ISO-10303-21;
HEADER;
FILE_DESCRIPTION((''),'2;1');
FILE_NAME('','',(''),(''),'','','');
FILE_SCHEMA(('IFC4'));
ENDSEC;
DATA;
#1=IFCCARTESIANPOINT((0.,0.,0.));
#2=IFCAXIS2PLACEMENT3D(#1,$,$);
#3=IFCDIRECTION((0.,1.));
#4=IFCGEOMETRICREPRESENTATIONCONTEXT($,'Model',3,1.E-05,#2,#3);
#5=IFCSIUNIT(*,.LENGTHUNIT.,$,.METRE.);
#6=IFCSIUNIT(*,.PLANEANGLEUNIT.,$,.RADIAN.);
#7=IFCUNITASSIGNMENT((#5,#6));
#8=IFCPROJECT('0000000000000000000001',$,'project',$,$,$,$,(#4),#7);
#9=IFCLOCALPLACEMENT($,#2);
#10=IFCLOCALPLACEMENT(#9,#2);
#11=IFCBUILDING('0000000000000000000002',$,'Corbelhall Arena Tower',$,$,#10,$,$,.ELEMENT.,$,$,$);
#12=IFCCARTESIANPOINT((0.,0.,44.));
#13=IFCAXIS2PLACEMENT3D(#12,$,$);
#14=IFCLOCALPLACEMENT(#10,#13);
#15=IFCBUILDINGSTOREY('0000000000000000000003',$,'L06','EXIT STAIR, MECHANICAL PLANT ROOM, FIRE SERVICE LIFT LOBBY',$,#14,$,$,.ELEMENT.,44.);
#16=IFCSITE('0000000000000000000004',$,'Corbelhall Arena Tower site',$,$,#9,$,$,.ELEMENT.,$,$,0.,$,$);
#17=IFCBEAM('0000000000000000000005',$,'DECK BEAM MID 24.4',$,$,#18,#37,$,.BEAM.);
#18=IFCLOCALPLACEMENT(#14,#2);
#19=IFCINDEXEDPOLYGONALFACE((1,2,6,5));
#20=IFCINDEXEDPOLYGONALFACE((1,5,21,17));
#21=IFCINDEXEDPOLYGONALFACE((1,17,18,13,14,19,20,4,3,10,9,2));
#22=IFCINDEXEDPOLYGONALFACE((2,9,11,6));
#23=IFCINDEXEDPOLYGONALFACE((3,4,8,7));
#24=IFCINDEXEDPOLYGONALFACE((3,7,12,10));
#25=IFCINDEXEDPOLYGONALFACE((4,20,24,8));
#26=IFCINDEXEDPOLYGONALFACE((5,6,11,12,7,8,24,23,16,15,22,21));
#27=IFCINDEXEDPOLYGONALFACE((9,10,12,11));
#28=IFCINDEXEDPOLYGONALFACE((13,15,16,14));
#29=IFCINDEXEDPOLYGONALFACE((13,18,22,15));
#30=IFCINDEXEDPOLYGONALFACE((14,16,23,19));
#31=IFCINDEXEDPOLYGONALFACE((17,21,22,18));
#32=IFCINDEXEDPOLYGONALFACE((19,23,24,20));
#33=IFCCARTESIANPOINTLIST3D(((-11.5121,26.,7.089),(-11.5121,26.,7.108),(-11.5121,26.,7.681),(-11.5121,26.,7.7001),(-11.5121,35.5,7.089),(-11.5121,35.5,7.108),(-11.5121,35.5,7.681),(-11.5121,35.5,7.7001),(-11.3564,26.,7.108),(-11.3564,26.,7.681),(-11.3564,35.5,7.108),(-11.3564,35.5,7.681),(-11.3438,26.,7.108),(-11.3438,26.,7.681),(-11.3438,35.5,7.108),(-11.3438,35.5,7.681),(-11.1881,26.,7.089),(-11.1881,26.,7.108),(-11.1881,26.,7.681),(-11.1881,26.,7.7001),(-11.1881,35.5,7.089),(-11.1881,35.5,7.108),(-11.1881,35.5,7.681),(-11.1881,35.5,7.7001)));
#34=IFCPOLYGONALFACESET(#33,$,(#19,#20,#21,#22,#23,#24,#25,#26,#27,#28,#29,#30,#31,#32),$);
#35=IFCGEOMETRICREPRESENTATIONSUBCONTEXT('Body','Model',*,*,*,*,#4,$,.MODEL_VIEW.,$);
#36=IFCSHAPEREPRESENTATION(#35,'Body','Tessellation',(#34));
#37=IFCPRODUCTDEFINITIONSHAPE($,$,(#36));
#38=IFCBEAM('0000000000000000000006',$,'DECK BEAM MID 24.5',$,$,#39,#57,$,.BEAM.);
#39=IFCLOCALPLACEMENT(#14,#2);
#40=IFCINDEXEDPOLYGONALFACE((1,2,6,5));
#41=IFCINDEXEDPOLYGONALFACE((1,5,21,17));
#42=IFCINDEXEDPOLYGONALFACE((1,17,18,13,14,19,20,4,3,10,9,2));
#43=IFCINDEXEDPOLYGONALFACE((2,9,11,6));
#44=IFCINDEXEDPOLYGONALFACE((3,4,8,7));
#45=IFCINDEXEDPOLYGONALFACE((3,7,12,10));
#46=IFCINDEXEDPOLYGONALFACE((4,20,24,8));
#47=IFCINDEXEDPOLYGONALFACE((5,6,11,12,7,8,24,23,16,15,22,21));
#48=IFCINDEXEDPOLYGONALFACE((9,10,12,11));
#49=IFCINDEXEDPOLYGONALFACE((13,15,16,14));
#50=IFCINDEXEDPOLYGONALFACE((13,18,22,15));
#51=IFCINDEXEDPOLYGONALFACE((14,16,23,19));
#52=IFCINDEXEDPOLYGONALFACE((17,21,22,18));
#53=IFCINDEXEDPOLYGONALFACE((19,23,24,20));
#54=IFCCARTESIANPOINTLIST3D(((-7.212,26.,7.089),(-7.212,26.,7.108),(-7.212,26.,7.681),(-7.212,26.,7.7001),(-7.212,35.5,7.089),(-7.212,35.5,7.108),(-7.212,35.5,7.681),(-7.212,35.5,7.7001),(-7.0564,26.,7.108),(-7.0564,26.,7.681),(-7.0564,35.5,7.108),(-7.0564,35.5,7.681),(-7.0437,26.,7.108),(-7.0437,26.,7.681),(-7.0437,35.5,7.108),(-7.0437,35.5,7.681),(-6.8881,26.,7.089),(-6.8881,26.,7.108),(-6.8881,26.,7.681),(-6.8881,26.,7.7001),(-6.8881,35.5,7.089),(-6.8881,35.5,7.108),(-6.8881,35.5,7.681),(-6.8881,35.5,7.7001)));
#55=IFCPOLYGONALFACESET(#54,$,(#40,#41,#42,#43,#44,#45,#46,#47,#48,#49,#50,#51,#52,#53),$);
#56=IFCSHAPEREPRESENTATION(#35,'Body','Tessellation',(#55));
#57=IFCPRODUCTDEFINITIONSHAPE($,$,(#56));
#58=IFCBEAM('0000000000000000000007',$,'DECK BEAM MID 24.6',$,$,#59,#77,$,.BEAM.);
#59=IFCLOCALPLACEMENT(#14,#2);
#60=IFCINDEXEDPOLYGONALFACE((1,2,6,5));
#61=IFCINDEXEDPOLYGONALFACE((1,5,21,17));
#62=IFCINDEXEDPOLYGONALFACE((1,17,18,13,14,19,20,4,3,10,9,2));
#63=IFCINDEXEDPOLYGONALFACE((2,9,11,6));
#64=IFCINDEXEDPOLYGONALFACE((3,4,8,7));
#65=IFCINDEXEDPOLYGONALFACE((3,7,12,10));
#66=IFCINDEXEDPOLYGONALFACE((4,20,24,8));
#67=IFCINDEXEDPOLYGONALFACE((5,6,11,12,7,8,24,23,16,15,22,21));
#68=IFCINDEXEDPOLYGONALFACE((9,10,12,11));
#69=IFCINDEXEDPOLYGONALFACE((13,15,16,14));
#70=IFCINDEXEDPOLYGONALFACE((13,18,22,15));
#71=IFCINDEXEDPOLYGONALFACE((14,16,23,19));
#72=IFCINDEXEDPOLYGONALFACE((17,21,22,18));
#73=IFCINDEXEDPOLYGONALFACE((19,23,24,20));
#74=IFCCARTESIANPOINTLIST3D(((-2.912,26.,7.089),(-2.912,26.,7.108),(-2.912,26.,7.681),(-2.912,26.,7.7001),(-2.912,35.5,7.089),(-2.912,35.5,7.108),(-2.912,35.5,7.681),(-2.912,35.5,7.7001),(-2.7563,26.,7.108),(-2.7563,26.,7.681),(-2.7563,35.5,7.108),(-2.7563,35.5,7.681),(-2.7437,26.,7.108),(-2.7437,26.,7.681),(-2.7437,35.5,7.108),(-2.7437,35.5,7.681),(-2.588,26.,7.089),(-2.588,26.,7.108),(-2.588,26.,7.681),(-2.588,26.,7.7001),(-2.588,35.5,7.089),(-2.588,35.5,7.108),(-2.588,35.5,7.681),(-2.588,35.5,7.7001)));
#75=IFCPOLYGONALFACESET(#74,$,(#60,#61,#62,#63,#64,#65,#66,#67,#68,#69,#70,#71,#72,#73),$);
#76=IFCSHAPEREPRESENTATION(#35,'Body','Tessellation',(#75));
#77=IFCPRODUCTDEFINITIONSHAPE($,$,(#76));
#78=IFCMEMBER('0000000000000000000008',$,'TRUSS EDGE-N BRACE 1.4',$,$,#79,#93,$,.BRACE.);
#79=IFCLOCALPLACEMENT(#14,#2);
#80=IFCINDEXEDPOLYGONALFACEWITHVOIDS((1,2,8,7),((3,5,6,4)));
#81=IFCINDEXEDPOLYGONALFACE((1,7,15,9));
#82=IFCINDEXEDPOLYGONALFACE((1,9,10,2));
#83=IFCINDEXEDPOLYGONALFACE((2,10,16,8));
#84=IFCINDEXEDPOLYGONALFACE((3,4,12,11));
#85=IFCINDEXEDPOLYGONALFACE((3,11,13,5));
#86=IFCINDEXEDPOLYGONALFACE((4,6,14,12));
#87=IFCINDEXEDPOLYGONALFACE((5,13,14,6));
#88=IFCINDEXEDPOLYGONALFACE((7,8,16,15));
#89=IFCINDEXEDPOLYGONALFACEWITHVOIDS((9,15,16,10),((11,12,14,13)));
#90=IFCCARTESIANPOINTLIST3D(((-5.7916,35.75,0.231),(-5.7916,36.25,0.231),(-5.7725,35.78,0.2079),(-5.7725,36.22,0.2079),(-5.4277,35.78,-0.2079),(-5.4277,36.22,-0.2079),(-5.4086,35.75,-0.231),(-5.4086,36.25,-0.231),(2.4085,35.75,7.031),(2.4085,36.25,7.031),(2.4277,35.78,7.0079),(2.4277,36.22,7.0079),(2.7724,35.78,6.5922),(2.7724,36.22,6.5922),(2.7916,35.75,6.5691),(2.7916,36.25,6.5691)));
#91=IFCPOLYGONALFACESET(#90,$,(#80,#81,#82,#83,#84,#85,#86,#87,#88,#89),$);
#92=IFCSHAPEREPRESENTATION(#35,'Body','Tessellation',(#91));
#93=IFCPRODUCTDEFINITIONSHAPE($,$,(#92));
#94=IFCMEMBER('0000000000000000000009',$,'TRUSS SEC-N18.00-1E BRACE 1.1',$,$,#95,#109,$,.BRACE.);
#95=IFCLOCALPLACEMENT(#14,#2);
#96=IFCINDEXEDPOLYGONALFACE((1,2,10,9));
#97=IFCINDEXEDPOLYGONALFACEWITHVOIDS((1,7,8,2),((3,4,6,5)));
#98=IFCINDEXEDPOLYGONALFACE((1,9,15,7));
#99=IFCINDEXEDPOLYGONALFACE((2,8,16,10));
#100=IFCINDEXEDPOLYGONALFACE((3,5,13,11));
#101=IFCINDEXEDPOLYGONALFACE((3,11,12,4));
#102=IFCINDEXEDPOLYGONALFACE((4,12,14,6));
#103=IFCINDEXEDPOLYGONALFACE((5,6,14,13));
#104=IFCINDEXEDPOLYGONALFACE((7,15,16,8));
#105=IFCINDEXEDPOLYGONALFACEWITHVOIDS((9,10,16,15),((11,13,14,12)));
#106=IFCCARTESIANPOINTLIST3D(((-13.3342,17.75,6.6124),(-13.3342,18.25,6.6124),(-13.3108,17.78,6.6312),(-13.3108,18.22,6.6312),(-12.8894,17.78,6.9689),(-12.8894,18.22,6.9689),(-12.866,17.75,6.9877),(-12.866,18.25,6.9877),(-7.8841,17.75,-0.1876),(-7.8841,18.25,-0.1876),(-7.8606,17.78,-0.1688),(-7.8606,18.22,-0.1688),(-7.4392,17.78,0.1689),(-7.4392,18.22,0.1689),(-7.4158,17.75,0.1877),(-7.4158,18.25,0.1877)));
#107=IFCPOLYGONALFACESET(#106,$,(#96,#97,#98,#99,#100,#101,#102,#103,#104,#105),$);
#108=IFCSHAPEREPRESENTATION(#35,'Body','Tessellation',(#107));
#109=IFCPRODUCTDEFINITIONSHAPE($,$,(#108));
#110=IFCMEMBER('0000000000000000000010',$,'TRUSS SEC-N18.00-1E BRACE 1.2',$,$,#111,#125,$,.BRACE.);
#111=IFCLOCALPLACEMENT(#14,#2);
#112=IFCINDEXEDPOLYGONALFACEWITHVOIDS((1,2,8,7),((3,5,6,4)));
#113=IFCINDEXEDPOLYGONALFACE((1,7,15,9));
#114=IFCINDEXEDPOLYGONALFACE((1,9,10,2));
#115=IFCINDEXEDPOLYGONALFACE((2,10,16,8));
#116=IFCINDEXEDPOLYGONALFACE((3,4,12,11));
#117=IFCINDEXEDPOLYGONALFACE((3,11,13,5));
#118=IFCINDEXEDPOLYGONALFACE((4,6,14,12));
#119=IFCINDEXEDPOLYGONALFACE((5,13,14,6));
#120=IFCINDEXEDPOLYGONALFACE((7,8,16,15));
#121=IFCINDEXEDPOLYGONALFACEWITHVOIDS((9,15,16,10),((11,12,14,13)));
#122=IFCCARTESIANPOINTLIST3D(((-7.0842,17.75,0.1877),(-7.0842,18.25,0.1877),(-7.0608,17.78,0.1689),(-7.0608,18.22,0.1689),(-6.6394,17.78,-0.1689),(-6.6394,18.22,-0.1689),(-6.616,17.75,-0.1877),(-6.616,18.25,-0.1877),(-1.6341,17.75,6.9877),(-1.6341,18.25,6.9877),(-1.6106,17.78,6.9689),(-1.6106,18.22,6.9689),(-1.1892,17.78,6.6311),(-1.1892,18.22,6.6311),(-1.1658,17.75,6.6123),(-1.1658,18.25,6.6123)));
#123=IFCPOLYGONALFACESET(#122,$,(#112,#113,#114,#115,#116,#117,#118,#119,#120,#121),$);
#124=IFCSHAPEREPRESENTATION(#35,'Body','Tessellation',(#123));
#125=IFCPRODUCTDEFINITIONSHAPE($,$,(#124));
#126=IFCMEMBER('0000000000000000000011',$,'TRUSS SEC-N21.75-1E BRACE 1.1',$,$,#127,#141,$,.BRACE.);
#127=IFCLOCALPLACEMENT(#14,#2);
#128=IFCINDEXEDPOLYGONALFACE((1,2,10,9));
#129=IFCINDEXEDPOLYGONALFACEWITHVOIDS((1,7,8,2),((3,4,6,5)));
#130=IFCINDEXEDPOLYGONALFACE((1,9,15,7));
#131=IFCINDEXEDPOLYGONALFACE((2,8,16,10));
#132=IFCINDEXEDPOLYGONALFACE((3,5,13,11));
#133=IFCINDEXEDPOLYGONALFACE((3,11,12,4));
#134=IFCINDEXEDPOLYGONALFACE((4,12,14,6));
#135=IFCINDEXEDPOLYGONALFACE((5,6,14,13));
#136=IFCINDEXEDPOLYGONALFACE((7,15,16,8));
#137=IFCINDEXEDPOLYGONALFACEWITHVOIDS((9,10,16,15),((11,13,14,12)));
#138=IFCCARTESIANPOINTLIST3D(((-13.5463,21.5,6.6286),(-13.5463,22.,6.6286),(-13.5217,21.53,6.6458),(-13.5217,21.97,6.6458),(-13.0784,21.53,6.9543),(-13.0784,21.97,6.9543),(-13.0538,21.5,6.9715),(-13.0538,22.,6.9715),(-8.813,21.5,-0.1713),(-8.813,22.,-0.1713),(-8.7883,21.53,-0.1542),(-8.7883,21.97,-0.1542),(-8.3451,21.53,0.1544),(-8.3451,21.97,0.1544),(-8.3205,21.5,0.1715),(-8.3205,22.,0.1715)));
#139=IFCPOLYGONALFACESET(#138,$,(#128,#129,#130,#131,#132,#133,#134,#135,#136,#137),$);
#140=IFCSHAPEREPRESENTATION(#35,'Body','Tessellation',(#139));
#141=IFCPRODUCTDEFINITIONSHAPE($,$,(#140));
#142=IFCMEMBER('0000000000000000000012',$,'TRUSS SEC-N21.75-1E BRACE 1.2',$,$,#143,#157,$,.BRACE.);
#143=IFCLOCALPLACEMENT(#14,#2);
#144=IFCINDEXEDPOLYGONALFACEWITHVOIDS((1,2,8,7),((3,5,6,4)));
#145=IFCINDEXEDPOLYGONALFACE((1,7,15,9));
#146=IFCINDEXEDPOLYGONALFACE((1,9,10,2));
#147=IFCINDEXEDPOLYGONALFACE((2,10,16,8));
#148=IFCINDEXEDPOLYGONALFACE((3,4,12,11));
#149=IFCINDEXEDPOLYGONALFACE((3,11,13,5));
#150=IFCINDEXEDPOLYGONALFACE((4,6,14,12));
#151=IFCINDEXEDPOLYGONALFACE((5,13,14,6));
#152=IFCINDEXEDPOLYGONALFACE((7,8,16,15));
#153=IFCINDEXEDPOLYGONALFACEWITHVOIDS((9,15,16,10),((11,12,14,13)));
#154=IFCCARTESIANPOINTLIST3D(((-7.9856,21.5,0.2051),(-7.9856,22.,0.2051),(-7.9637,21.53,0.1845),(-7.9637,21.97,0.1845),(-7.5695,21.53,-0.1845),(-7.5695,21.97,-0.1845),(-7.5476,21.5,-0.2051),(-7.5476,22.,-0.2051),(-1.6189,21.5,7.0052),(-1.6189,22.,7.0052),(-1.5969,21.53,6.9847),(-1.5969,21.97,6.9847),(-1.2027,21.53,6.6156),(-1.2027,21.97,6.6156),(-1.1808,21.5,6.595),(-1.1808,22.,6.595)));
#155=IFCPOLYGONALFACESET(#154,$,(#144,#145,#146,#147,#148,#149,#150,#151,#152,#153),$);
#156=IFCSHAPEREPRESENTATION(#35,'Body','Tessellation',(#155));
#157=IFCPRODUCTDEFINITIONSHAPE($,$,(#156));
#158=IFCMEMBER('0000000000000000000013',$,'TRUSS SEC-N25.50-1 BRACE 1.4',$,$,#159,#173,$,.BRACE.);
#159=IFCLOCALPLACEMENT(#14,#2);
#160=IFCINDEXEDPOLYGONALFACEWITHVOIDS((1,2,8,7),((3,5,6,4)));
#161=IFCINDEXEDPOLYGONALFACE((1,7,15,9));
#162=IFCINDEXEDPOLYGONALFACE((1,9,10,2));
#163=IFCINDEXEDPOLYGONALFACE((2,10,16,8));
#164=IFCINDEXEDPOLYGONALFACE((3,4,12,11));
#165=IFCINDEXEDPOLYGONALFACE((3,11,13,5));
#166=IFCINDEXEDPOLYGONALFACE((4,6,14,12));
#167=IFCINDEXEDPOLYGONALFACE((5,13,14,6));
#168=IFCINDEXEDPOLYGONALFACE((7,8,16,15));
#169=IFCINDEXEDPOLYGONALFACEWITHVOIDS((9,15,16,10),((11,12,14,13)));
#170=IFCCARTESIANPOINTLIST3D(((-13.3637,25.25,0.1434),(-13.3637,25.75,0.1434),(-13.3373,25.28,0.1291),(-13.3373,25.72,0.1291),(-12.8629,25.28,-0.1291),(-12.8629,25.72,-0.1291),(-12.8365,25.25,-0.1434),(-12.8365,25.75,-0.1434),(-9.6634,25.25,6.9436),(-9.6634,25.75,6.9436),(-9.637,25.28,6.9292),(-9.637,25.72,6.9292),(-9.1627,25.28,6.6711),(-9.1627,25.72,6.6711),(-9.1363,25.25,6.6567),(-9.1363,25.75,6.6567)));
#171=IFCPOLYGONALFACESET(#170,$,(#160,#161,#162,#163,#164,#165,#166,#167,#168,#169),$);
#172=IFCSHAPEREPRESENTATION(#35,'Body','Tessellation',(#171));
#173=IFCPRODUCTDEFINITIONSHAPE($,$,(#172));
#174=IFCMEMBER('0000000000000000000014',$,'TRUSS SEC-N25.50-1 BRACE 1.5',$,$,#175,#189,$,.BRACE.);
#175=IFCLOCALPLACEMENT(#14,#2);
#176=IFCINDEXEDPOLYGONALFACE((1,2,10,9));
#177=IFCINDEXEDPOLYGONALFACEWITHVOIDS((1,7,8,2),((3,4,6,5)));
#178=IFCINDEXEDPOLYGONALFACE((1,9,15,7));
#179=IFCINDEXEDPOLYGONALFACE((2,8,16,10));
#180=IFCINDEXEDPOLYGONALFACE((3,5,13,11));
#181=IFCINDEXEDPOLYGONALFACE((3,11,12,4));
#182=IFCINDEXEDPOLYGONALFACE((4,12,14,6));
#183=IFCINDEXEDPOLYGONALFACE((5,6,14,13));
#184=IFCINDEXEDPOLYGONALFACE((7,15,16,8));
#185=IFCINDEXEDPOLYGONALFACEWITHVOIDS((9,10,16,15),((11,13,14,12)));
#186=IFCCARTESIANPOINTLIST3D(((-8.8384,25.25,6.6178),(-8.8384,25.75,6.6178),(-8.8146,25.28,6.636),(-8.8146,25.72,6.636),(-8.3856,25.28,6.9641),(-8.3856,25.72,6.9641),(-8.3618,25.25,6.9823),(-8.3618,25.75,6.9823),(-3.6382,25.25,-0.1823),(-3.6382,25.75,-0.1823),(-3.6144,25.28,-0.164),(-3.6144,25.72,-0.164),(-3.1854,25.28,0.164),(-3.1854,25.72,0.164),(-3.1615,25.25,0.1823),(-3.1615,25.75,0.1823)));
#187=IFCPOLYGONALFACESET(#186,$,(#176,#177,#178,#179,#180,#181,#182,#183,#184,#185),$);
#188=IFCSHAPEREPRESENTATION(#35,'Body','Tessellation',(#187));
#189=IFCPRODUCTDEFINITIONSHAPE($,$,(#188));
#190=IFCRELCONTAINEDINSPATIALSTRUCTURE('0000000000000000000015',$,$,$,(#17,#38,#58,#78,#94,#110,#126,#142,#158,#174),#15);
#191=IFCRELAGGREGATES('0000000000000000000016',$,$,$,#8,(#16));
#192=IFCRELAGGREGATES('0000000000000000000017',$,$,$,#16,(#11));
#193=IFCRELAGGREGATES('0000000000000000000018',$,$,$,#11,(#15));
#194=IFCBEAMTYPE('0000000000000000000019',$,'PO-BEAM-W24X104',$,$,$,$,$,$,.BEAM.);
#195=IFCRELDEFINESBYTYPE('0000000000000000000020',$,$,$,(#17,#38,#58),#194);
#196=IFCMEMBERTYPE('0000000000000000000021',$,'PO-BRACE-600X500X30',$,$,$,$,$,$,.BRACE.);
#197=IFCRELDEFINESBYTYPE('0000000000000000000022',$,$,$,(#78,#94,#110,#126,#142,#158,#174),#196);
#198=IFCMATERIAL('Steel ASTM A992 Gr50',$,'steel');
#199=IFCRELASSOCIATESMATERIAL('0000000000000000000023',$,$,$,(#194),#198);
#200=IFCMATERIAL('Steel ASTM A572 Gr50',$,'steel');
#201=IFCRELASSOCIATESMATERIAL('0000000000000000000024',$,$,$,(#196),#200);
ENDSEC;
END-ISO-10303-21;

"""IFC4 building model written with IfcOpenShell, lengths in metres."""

from ifc_helpers import new_model, si_unit, direction, frame, origin, origin_2d, place, context, subcontext, project, spatial, hollow_rectangle, i_section, extrude, material, material_profile, profile_set, type_object, element, save


model = new_model("IFC4")

# Units and contexts
model_context = context("Model", 3, precision=1e-05, world=origin(), true_north=direction((0.0, 1.0)))
body_context = subcontext(model_context, "Body", "Model", "MODEL_VIEW")
ifc_project = project(units=[si_unit("LENGTHUNIT", "METRE"), si_unit("PLANEANGLEUNIT", "RADIAN")], contexts=[model_context])

# Site, building, storey
site_placement = place(None, origin())
site = spatial("IfcSite", under=ifc_project, at=site_placement, Name="Corbelhall Arena Tower site", CompositionType="ELEMENT", RefElevation=0.0)
building_placement = place(site_placement, origin())
building = spatial("IfcBuilding", under=site, at=building_placement, Name="Corbelhall Arena Tower", CompositionType="ELEMENT")
storey_placement = place(building_placement, frame((0.0, 0.0, 44.0)))
storey = spatial("IfcBuildingStorey", under=building, at=storey_placement, Name="L06", Description="EXIT STAIR, MECHANICAL PLANT ROOM, FIRE SERVICE LIFT LOBBY", CompositionType="ELEMENT", Elevation=44.0)

# Beams
ifc_material_1 = material(Name="Steel ASTM A992 Gr50", Category="steel")
ifc_material_profile_1 = material_profile(ifc_material_1, i_section(OverallWidth=0.324, OverallDepth=0.6111, WebThickness=0.0127, FlangeThickness=0.019, at=origin_2d()))
ifc_profile_set_1 = profile_set([ifc_material_profile_1], Name="Steel ASTM A992 Gr50")
beam_type = type_object("IfcBeamType", Name="PO-BEAM-W24X104", PredefinedType="BEAM", material=ifc_profile_set_1)
for number, where, z_axis, x_axis, name in (
    (1, (-11.3501, 26.0, 7.3945), (0.0, 1.0, 0.0), (-1.0, 0.0, 0.0), "DECK BEAM MID 24.4"),
    (2, (-7.05, 26.0, 7.3945), (0.0, 1.0, 0.0), (-1.0, 0.0, 0.0), "DECK BEAM MID 24.5"),
    (3, (-2.75, 26.0, 7.3945), (0.0, 1.0, 0.0), (-1.0, 0.0, 0.0), "DECK BEAM MID 24.6"),
):
    element("IfcBeam", number, at=place(storey_placement, frame(where, z_axis=z_axis, x_axis=x_axis)), inside=storey, type_object=beam_type, Name=name, PredefinedType="BEAM", context=body_context, shape_type="SweptSolid", body=[
        extrude(i_section(OverallWidth=0.324, OverallDepth=0.6111, WebThickness=0.0127, FlangeThickness=0.019, at=origin_2d()), origin(), (0.0, 0.0, 1.0), 9.5),
    ])

# Members
ifc_material_2 = material(Name="Steel ASTM A572 Gr50", Category="steel")
ifc_material_profile_2 = material_profile(ifc_material_2, hollow_rectangle(XDim=0.5, YDim=0.6001, WallThickness=0.03, at=origin_2d()))
ifc_profile_set_2 = profile_set([ifc_material_profile_2], Name="Steel ASTM A572 Gr50")
member_type_1 = type_object("IfcMemberType", Name="PO-BRACE-600X500X30", PredefinedType="BRACE", material=ifc_profile_set_2)
member_1_placement = place(storey_placement, frame((-5.6001, 36.0, 0.0), z_axis=(0.769763, 0.0, 0.63833), x_axis=(0.0, 1.0, 0.0)))
element("IfcMember", 4, at=member_1_placement, inside=storey, type_object=member_type_1, Name="TRUSS EDGE-N BRACE 1.4", PredefinedType="BRACE", context=body_context, shape_type="SweptSolid", body=[
    extrude(hollow_rectangle(XDim=0.5, YDim=0.6001, WallThickness=0.03, at=origin_2d()), origin(), (0.0, 0.0, 1.0), 10.6528),
])
for number, where, z_axis, x_axis, name in (
    (5, (-13.1001, 18.0, 6.8), (0.625405, 0.0, -0.7803), (0.0, 1.0, 0.0), "TRUSS SEC-N18.00-1E BRACE 1.1"),
    (6, (-6.8501, 18.0, 0.0), (0.625405, 0.0, 0.7803), (0.0, 1.0, 0.0), "TRUSS SEC-N18.00-1E BRACE 1.2"),
):
    element("IfcMember", number, at=place(storey_placement, frame(where, z_axis=z_axis, x_axis=x_axis)), inside=storey, type_object=member_type_1, Name=name, PredefinedType="BRACE", context=body_context, shape_type="SweptSolid", body=[
        extrude(hollow_rectangle(XDim=0.5, YDim=0.6001, WallThickness=0.03, at=origin_2d()), origin(), (0.0, 0.0, 1.0), 8.7146),
    ])
member_2_placement = place(storey_placement, frame((-13.3, 21.75, 6.8), z_axis=(0.571303, 0.0, -0.820739), x_axis=(0.0, 1.0, 0.0)))
element("IfcMember", 7, at=member_2_placement, inside=storey, type_object=member_type_1, Name="TRUSS SEC-N21.75-1E BRACE 1.1", PredefinedType="BRACE", context=body_context, shape_type="SweptSolid", body=[
    extrude(hollow_rectangle(XDim=0.5, YDim=0.6001, WallThickness=0.03, at=origin_2d()), origin(), (0.0, 0.0, 1.0), 8.2852),
])
member_3_placement = place(storey_placement, frame((-7.7666, 21.75, 0.0), z_axis=(0.683464, 0.0, 0.729984), x_axis=(0.0, 1.0, 0.0)))
element("IfcMember", 8, at=member_3_placement, inside=storey, type_object=member_type_1, Name="TRUSS SEC-N21.75-1E BRACE 1.2", PredefinedType="BRACE", context=body_context, shape_type="SweptSolid", body=[
    extrude(hollow_rectangle(XDim=0.5, YDim=0.6001, WallThickness=0.03, at=origin_2d()), origin(), (0.0, 0.0, 1.0), 9.3154),
])
member_4_placement = place(storey_placement, frame((-13.1001, 25.5, 0.0), z_axis=(0.477964, 0.0, 0.87838), x_axis=(0.0, 1.0, 0.0)))
element("IfcMember", 9, at=member_4_placement, inside=storey, type_object=member_type_1, Name="TRUSS SEC-N25.50-1 BRACE 1.4", PredefinedType="BRACE", context=body_context, shape_type="SweptSolid", body=[
    extrude(hollow_rectangle(XDim=0.5, YDim=0.6001, WallThickness=0.03, at=origin_2d()), origin(), (0.0, 0.0, 1.0), 7.7417),
])
member_5_placement = place(storey_placement, frame((-8.6001, 25.5, 6.8), z_axis=(0.607462, 0.0, -0.794349), x_axis=(0.0, 1.0, 0.0)))
element("IfcMember", 10, at=member_5_placement, inside=storey, type_object=member_type_1, Name="TRUSS SEC-N25.50-1 BRACE 1.5", PredefinedType="BRACE", context=body_context, shape_type="SweptSolid", body=[
    extrude(hollow_rectangle(XDim=0.5, YDim=0.6001, WallThickness=0.03, at=origin_2d()), origin(), (0.0, 0.0, 1.0), 8.5605),
])

save(model, "model.ifc")
